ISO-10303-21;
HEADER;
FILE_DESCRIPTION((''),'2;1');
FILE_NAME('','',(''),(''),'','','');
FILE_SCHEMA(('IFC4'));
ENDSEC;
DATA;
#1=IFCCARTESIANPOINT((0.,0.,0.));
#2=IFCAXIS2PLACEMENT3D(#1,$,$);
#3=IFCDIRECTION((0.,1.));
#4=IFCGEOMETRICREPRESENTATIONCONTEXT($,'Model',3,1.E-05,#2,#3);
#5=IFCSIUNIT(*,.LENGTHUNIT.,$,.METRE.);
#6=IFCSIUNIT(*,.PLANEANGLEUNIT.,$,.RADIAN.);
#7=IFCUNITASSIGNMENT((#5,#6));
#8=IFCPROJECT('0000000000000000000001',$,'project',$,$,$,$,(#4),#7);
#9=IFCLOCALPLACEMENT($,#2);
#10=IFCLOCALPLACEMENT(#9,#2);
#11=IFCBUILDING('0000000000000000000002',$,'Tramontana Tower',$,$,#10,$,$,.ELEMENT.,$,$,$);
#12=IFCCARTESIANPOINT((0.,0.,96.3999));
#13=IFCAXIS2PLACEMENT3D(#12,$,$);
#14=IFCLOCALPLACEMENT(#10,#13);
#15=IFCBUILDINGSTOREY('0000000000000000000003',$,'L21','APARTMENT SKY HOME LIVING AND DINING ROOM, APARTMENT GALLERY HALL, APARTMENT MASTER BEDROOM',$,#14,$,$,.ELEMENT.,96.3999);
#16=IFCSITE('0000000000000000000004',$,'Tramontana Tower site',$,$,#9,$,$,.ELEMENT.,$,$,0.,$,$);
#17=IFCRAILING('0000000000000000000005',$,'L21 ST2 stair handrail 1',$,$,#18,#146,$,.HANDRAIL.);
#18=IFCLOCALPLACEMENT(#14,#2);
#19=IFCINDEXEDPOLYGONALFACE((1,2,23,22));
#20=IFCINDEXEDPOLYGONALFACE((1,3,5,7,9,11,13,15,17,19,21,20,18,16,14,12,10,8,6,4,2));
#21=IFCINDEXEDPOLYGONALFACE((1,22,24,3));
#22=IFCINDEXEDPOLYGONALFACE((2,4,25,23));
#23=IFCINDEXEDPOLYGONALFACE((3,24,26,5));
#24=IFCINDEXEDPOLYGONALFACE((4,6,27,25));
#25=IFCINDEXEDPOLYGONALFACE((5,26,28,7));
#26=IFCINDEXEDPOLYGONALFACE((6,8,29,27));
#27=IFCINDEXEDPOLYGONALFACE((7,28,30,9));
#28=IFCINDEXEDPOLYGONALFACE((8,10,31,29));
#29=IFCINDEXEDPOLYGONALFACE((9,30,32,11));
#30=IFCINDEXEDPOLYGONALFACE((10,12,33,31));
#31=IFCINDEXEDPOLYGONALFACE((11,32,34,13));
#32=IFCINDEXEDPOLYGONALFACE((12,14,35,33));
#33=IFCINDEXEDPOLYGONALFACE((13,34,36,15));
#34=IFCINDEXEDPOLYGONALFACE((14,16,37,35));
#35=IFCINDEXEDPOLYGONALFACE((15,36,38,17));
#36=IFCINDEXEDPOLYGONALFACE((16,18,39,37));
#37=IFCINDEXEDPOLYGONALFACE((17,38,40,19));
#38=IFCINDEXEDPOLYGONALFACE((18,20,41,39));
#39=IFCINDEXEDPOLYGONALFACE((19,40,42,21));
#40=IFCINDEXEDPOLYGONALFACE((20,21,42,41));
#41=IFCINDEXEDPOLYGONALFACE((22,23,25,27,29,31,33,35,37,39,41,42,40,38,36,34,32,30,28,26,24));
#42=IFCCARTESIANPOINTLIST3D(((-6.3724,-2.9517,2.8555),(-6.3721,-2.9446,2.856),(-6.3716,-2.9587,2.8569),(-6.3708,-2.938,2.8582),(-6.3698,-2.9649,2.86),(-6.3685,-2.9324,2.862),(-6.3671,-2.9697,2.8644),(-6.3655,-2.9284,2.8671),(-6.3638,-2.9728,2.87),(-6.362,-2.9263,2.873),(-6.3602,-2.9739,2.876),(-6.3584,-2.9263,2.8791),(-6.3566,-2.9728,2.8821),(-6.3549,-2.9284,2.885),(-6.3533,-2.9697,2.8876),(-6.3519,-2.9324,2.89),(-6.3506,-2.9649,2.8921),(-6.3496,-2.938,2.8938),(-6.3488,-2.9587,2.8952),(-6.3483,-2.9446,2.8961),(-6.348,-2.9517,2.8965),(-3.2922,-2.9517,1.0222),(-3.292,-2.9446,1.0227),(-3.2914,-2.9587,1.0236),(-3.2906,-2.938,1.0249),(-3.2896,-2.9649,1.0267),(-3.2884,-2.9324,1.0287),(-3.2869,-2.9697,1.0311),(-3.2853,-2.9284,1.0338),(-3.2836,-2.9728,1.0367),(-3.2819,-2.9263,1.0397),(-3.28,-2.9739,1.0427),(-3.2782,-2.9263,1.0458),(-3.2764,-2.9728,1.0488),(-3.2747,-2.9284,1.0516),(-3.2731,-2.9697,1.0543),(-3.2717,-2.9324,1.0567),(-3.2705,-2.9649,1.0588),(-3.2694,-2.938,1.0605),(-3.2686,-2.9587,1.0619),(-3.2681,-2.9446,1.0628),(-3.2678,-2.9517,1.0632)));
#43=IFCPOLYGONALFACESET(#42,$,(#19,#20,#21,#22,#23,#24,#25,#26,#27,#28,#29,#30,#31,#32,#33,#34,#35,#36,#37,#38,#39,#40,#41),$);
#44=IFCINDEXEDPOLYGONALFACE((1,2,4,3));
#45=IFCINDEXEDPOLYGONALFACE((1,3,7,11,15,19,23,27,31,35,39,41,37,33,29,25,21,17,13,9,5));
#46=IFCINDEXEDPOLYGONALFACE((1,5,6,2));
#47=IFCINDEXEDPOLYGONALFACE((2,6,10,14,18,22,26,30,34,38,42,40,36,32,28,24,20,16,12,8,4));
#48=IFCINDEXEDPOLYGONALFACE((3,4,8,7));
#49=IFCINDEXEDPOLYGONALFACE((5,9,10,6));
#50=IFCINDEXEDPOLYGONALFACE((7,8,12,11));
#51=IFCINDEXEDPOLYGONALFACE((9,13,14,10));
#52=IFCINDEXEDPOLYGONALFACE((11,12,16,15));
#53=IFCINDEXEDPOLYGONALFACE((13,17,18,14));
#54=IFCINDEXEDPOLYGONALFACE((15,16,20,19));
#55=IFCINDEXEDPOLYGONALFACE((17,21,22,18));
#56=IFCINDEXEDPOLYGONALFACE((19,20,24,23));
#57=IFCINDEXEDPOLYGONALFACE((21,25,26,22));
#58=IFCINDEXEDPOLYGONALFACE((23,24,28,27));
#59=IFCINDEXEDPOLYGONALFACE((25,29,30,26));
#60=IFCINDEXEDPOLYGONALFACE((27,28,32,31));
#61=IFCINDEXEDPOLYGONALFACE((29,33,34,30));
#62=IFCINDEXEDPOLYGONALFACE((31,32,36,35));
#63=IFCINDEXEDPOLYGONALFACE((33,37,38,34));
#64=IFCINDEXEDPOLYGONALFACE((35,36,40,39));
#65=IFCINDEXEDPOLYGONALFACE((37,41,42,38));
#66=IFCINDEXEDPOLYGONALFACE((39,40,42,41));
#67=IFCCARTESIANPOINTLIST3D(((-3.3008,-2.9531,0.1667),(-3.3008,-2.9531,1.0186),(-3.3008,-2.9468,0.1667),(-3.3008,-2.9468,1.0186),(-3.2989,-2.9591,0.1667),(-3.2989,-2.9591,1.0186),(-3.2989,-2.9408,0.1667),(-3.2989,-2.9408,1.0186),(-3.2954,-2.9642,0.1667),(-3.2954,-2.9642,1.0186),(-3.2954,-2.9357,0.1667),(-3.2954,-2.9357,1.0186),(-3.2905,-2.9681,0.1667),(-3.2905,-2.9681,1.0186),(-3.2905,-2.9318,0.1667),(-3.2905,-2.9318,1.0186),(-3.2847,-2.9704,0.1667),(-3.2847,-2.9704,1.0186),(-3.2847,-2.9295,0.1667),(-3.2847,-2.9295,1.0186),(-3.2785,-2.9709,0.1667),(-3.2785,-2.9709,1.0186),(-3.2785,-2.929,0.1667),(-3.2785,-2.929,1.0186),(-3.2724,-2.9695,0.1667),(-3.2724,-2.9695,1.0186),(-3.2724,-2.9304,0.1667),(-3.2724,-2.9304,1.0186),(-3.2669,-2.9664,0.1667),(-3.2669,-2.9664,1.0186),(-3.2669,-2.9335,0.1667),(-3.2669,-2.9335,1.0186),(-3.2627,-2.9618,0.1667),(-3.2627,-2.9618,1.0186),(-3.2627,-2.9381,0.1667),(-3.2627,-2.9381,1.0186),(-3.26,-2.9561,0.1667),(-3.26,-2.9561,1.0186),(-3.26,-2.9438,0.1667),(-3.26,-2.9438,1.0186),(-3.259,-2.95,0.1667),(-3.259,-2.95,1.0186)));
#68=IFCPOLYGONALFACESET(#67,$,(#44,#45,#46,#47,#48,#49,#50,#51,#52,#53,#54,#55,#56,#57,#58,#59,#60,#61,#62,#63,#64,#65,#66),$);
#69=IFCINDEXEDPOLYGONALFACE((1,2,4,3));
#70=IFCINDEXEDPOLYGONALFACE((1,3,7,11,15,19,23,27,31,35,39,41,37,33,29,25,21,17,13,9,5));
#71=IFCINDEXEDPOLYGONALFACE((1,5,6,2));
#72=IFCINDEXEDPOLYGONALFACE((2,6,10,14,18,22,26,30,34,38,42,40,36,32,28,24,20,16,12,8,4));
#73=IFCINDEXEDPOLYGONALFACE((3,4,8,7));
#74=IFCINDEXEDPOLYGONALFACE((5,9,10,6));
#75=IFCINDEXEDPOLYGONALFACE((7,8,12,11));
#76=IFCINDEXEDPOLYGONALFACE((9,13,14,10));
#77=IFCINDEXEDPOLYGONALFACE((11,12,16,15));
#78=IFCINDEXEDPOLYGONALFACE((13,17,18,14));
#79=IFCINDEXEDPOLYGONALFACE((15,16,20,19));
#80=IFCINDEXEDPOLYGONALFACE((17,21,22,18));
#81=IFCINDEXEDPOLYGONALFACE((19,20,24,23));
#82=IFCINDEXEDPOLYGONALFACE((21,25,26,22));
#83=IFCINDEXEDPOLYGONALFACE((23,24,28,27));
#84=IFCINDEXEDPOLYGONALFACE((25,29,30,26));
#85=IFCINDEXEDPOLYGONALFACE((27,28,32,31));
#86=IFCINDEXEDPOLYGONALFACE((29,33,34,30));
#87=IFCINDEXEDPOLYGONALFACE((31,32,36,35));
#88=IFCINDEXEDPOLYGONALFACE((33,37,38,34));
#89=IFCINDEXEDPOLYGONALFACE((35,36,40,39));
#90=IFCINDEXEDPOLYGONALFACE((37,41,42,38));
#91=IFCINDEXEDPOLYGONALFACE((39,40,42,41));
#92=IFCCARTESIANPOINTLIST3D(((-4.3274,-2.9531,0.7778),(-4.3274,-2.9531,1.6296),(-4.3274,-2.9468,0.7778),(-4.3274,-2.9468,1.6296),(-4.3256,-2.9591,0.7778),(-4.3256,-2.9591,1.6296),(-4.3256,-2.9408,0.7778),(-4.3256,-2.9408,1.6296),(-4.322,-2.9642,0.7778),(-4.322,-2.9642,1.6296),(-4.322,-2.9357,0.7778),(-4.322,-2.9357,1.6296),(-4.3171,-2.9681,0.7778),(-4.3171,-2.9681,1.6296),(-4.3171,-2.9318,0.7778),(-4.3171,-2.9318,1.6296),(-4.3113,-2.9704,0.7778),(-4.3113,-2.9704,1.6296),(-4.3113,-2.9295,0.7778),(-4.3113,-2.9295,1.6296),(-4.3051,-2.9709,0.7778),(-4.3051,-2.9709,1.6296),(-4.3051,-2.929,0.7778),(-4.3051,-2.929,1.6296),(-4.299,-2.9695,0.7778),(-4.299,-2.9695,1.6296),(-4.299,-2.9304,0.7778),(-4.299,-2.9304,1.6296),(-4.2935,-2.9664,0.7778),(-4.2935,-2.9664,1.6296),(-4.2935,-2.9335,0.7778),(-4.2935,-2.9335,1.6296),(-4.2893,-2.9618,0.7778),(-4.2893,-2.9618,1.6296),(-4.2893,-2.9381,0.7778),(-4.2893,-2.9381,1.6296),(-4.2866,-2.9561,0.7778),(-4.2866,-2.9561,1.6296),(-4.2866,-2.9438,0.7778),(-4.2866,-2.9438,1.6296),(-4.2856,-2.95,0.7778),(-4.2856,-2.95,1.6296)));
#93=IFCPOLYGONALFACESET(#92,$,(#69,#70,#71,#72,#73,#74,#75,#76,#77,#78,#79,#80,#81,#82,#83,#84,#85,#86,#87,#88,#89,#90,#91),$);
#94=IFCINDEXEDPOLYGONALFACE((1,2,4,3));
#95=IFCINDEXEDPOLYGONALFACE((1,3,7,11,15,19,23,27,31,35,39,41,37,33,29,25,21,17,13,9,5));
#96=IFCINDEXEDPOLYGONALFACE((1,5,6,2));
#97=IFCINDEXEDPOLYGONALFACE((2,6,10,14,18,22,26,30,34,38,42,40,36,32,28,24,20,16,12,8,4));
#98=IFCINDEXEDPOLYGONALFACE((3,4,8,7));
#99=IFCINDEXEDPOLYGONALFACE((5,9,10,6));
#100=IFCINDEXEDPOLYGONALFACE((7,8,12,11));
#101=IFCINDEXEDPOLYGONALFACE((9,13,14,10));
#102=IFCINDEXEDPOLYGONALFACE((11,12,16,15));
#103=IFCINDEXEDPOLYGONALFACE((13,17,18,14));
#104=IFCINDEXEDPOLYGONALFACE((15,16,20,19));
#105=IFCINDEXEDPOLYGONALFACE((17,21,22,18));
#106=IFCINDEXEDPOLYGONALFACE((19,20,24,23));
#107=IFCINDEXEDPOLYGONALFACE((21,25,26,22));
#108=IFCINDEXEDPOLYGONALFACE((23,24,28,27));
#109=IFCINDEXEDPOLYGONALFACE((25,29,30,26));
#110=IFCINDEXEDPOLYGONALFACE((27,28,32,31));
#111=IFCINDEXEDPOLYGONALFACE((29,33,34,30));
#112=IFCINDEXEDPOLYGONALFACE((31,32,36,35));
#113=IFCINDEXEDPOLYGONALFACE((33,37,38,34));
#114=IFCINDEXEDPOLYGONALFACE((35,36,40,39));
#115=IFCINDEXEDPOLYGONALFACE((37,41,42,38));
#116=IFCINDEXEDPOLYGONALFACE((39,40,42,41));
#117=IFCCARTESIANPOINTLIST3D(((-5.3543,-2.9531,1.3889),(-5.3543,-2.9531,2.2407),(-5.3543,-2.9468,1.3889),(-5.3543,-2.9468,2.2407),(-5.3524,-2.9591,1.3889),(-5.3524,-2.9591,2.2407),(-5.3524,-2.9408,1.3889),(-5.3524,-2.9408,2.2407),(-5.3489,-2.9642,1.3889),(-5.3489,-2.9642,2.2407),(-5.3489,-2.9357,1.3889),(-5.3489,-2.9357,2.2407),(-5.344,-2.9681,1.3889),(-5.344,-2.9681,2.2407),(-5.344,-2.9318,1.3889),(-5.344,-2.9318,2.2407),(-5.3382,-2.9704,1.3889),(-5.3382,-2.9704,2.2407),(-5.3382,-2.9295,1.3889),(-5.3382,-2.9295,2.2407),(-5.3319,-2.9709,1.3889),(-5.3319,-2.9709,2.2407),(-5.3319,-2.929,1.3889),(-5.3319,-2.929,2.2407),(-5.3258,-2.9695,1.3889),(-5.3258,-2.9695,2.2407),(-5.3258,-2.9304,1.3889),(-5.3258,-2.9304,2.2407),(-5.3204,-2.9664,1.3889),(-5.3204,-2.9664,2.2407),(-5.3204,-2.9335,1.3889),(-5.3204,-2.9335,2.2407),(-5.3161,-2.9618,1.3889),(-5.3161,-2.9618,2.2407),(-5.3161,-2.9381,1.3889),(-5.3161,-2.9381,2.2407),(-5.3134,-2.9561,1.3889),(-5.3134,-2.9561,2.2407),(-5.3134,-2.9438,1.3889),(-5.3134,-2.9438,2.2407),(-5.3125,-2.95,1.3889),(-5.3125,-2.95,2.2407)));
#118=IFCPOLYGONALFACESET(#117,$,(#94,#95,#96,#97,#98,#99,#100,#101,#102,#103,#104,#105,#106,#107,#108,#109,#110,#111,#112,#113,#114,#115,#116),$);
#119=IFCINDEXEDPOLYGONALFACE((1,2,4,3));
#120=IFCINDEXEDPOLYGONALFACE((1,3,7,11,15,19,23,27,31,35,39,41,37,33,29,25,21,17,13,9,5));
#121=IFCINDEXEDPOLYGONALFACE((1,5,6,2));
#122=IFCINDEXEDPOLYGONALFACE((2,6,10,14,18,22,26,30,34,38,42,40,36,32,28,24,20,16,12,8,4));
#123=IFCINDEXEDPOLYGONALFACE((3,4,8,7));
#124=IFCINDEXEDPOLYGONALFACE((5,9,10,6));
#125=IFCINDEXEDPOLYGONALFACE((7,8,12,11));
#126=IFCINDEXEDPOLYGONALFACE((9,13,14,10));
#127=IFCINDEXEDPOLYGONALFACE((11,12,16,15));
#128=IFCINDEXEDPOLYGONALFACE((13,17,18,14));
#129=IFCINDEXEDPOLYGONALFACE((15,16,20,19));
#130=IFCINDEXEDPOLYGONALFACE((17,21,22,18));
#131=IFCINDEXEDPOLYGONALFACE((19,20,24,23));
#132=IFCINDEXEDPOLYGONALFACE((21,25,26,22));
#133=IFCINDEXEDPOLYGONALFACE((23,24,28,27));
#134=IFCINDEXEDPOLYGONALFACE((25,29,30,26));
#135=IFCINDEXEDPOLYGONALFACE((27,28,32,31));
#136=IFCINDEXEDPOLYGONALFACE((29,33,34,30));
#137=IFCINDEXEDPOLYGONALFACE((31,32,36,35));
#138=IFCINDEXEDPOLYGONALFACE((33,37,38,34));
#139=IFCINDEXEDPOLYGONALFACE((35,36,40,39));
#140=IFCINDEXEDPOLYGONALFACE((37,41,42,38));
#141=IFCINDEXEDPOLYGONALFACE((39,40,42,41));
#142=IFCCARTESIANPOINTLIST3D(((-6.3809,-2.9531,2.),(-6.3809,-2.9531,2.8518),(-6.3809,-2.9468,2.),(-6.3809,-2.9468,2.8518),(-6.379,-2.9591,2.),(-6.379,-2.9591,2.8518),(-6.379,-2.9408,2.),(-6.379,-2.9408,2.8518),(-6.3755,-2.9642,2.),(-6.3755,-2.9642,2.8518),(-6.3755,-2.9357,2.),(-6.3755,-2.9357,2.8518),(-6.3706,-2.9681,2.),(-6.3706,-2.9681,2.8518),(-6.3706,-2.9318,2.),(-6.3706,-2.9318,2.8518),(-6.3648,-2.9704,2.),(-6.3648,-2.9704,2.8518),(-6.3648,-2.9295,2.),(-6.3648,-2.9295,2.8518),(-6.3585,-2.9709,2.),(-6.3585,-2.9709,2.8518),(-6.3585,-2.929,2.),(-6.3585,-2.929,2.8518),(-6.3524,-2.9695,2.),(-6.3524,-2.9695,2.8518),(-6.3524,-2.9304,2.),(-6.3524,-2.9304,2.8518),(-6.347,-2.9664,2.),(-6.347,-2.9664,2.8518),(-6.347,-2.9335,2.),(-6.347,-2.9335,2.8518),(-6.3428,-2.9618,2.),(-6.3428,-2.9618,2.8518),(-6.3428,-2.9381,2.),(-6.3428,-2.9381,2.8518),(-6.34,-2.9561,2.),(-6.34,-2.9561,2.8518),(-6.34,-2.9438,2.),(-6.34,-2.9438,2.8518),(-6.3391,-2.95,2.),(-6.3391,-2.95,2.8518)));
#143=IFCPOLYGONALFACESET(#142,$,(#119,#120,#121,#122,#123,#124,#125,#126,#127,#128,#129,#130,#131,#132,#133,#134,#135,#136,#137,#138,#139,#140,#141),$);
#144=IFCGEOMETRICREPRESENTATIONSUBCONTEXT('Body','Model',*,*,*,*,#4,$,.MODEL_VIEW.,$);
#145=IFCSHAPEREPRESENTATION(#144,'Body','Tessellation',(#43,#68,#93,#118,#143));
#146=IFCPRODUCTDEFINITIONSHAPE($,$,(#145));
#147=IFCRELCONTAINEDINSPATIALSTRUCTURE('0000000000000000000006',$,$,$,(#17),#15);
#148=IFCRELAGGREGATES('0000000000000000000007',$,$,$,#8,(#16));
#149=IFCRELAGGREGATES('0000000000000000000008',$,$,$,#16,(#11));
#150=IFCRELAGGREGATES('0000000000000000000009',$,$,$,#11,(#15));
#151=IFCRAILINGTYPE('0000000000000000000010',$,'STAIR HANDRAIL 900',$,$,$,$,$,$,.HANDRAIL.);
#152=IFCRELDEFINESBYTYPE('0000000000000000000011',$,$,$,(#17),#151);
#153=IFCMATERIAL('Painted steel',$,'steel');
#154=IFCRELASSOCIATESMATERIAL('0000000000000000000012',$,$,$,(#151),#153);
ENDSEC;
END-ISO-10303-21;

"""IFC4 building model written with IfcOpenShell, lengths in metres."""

from ifc_helpers import new_model, si_unit, direction, frame, origin, origin_2d, place, context, subcontext, project, spatial, circle, extrude, material, type_object, element, save


model = new_model("IFC4")

# Units and contexts
model_context = context("Model", 3, precision=1e-05, world=origin(), true_north=direction((0.0, 1.0)))
body_context = subcontext(model_context, "Body", "Model", "MODEL_VIEW")
ifc_project = project(units=[si_unit("LENGTHUNIT", "METRE"), si_unit("PLANEANGLEUNIT", "RADIAN")], contexts=[model_context])

# Site, building, storey
site_placement = place(None, origin())
site = spatial("IfcSite", under=ifc_project, at=site_placement, Name="Tramontana Tower site", CompositionType="ELEMENT", RefElevation=0.0)
building_placement = place(site_placement, origin())
building = spatial("IfcBuilding", under=site, at=building_placement, Name="Tramontana Tower", CompositionType="ELEMENT")
storey_placement = place(building_placement, frame((0.0, 0.0, 96.3999)))
storey = spatial("IfcBuildingStorey", under=building, at=storey_placement, Name="L21", Description="APARTMENT SKY HOME LIVING AND DINING ROOM, APARTMENT GALLERY HALL, APARTMENT MASTER BEDROOM", CompositionType="ELEMENT", Elevation=96.3999)

# Railing
ifc_material_1 = material(Name="Painted steel", Category="steel")
railing_type_1 = type_object("IfcRailingType", Name="STAIR HANDRAIL 900", PredefinedType="HANDRAIL", material=ifc_material_1)
railing_1_placement = place(storey_placement, frame((-3.28, -2.95, 0.1667)))
element("IfcRailing", 1, at=railing_1_placement, inside=storey, type_object=railing_type_1, Name="L21 ST2 stair handrail 1", PredefinedType="HANDRAIL", context=body_context, shape_type="SweptSolid", body=[
    extrude(circle(Radius=0.0239, at=origin_2d()), frame((0.0, 0.0, 0.876), z_axis=(-0.859309, 0.0, 0.511458), x_axis=(0.0, -1.0, 0.0)), (0.0, 0.0, 1.0), 3.5845),
    extrude(circle(Radius=0.021, at=origin_2d()), origin(), (0.0, 0.0, 1.0), 0.8518),
    extrude(circle(Radius=0.021, at=origin_2d()), frame((-1.0266, 0.0, 0.6111)), (0.0, 0.0, 1.0), 0.8518),
    extrude(circle(Radius=0.021, at=origin_2d()), frame((-2.0535, 0.0, 1.2222)), (0.0, 0.0, 1.0), 0.8518),
    extrude(circle(Radius=0.021, at=origin_2d()), frame((-3.0801, 0.0, 1.8333)), (0.0, 0.0, 1.0), 0.8518),
])

save(model, "model.ifc")
